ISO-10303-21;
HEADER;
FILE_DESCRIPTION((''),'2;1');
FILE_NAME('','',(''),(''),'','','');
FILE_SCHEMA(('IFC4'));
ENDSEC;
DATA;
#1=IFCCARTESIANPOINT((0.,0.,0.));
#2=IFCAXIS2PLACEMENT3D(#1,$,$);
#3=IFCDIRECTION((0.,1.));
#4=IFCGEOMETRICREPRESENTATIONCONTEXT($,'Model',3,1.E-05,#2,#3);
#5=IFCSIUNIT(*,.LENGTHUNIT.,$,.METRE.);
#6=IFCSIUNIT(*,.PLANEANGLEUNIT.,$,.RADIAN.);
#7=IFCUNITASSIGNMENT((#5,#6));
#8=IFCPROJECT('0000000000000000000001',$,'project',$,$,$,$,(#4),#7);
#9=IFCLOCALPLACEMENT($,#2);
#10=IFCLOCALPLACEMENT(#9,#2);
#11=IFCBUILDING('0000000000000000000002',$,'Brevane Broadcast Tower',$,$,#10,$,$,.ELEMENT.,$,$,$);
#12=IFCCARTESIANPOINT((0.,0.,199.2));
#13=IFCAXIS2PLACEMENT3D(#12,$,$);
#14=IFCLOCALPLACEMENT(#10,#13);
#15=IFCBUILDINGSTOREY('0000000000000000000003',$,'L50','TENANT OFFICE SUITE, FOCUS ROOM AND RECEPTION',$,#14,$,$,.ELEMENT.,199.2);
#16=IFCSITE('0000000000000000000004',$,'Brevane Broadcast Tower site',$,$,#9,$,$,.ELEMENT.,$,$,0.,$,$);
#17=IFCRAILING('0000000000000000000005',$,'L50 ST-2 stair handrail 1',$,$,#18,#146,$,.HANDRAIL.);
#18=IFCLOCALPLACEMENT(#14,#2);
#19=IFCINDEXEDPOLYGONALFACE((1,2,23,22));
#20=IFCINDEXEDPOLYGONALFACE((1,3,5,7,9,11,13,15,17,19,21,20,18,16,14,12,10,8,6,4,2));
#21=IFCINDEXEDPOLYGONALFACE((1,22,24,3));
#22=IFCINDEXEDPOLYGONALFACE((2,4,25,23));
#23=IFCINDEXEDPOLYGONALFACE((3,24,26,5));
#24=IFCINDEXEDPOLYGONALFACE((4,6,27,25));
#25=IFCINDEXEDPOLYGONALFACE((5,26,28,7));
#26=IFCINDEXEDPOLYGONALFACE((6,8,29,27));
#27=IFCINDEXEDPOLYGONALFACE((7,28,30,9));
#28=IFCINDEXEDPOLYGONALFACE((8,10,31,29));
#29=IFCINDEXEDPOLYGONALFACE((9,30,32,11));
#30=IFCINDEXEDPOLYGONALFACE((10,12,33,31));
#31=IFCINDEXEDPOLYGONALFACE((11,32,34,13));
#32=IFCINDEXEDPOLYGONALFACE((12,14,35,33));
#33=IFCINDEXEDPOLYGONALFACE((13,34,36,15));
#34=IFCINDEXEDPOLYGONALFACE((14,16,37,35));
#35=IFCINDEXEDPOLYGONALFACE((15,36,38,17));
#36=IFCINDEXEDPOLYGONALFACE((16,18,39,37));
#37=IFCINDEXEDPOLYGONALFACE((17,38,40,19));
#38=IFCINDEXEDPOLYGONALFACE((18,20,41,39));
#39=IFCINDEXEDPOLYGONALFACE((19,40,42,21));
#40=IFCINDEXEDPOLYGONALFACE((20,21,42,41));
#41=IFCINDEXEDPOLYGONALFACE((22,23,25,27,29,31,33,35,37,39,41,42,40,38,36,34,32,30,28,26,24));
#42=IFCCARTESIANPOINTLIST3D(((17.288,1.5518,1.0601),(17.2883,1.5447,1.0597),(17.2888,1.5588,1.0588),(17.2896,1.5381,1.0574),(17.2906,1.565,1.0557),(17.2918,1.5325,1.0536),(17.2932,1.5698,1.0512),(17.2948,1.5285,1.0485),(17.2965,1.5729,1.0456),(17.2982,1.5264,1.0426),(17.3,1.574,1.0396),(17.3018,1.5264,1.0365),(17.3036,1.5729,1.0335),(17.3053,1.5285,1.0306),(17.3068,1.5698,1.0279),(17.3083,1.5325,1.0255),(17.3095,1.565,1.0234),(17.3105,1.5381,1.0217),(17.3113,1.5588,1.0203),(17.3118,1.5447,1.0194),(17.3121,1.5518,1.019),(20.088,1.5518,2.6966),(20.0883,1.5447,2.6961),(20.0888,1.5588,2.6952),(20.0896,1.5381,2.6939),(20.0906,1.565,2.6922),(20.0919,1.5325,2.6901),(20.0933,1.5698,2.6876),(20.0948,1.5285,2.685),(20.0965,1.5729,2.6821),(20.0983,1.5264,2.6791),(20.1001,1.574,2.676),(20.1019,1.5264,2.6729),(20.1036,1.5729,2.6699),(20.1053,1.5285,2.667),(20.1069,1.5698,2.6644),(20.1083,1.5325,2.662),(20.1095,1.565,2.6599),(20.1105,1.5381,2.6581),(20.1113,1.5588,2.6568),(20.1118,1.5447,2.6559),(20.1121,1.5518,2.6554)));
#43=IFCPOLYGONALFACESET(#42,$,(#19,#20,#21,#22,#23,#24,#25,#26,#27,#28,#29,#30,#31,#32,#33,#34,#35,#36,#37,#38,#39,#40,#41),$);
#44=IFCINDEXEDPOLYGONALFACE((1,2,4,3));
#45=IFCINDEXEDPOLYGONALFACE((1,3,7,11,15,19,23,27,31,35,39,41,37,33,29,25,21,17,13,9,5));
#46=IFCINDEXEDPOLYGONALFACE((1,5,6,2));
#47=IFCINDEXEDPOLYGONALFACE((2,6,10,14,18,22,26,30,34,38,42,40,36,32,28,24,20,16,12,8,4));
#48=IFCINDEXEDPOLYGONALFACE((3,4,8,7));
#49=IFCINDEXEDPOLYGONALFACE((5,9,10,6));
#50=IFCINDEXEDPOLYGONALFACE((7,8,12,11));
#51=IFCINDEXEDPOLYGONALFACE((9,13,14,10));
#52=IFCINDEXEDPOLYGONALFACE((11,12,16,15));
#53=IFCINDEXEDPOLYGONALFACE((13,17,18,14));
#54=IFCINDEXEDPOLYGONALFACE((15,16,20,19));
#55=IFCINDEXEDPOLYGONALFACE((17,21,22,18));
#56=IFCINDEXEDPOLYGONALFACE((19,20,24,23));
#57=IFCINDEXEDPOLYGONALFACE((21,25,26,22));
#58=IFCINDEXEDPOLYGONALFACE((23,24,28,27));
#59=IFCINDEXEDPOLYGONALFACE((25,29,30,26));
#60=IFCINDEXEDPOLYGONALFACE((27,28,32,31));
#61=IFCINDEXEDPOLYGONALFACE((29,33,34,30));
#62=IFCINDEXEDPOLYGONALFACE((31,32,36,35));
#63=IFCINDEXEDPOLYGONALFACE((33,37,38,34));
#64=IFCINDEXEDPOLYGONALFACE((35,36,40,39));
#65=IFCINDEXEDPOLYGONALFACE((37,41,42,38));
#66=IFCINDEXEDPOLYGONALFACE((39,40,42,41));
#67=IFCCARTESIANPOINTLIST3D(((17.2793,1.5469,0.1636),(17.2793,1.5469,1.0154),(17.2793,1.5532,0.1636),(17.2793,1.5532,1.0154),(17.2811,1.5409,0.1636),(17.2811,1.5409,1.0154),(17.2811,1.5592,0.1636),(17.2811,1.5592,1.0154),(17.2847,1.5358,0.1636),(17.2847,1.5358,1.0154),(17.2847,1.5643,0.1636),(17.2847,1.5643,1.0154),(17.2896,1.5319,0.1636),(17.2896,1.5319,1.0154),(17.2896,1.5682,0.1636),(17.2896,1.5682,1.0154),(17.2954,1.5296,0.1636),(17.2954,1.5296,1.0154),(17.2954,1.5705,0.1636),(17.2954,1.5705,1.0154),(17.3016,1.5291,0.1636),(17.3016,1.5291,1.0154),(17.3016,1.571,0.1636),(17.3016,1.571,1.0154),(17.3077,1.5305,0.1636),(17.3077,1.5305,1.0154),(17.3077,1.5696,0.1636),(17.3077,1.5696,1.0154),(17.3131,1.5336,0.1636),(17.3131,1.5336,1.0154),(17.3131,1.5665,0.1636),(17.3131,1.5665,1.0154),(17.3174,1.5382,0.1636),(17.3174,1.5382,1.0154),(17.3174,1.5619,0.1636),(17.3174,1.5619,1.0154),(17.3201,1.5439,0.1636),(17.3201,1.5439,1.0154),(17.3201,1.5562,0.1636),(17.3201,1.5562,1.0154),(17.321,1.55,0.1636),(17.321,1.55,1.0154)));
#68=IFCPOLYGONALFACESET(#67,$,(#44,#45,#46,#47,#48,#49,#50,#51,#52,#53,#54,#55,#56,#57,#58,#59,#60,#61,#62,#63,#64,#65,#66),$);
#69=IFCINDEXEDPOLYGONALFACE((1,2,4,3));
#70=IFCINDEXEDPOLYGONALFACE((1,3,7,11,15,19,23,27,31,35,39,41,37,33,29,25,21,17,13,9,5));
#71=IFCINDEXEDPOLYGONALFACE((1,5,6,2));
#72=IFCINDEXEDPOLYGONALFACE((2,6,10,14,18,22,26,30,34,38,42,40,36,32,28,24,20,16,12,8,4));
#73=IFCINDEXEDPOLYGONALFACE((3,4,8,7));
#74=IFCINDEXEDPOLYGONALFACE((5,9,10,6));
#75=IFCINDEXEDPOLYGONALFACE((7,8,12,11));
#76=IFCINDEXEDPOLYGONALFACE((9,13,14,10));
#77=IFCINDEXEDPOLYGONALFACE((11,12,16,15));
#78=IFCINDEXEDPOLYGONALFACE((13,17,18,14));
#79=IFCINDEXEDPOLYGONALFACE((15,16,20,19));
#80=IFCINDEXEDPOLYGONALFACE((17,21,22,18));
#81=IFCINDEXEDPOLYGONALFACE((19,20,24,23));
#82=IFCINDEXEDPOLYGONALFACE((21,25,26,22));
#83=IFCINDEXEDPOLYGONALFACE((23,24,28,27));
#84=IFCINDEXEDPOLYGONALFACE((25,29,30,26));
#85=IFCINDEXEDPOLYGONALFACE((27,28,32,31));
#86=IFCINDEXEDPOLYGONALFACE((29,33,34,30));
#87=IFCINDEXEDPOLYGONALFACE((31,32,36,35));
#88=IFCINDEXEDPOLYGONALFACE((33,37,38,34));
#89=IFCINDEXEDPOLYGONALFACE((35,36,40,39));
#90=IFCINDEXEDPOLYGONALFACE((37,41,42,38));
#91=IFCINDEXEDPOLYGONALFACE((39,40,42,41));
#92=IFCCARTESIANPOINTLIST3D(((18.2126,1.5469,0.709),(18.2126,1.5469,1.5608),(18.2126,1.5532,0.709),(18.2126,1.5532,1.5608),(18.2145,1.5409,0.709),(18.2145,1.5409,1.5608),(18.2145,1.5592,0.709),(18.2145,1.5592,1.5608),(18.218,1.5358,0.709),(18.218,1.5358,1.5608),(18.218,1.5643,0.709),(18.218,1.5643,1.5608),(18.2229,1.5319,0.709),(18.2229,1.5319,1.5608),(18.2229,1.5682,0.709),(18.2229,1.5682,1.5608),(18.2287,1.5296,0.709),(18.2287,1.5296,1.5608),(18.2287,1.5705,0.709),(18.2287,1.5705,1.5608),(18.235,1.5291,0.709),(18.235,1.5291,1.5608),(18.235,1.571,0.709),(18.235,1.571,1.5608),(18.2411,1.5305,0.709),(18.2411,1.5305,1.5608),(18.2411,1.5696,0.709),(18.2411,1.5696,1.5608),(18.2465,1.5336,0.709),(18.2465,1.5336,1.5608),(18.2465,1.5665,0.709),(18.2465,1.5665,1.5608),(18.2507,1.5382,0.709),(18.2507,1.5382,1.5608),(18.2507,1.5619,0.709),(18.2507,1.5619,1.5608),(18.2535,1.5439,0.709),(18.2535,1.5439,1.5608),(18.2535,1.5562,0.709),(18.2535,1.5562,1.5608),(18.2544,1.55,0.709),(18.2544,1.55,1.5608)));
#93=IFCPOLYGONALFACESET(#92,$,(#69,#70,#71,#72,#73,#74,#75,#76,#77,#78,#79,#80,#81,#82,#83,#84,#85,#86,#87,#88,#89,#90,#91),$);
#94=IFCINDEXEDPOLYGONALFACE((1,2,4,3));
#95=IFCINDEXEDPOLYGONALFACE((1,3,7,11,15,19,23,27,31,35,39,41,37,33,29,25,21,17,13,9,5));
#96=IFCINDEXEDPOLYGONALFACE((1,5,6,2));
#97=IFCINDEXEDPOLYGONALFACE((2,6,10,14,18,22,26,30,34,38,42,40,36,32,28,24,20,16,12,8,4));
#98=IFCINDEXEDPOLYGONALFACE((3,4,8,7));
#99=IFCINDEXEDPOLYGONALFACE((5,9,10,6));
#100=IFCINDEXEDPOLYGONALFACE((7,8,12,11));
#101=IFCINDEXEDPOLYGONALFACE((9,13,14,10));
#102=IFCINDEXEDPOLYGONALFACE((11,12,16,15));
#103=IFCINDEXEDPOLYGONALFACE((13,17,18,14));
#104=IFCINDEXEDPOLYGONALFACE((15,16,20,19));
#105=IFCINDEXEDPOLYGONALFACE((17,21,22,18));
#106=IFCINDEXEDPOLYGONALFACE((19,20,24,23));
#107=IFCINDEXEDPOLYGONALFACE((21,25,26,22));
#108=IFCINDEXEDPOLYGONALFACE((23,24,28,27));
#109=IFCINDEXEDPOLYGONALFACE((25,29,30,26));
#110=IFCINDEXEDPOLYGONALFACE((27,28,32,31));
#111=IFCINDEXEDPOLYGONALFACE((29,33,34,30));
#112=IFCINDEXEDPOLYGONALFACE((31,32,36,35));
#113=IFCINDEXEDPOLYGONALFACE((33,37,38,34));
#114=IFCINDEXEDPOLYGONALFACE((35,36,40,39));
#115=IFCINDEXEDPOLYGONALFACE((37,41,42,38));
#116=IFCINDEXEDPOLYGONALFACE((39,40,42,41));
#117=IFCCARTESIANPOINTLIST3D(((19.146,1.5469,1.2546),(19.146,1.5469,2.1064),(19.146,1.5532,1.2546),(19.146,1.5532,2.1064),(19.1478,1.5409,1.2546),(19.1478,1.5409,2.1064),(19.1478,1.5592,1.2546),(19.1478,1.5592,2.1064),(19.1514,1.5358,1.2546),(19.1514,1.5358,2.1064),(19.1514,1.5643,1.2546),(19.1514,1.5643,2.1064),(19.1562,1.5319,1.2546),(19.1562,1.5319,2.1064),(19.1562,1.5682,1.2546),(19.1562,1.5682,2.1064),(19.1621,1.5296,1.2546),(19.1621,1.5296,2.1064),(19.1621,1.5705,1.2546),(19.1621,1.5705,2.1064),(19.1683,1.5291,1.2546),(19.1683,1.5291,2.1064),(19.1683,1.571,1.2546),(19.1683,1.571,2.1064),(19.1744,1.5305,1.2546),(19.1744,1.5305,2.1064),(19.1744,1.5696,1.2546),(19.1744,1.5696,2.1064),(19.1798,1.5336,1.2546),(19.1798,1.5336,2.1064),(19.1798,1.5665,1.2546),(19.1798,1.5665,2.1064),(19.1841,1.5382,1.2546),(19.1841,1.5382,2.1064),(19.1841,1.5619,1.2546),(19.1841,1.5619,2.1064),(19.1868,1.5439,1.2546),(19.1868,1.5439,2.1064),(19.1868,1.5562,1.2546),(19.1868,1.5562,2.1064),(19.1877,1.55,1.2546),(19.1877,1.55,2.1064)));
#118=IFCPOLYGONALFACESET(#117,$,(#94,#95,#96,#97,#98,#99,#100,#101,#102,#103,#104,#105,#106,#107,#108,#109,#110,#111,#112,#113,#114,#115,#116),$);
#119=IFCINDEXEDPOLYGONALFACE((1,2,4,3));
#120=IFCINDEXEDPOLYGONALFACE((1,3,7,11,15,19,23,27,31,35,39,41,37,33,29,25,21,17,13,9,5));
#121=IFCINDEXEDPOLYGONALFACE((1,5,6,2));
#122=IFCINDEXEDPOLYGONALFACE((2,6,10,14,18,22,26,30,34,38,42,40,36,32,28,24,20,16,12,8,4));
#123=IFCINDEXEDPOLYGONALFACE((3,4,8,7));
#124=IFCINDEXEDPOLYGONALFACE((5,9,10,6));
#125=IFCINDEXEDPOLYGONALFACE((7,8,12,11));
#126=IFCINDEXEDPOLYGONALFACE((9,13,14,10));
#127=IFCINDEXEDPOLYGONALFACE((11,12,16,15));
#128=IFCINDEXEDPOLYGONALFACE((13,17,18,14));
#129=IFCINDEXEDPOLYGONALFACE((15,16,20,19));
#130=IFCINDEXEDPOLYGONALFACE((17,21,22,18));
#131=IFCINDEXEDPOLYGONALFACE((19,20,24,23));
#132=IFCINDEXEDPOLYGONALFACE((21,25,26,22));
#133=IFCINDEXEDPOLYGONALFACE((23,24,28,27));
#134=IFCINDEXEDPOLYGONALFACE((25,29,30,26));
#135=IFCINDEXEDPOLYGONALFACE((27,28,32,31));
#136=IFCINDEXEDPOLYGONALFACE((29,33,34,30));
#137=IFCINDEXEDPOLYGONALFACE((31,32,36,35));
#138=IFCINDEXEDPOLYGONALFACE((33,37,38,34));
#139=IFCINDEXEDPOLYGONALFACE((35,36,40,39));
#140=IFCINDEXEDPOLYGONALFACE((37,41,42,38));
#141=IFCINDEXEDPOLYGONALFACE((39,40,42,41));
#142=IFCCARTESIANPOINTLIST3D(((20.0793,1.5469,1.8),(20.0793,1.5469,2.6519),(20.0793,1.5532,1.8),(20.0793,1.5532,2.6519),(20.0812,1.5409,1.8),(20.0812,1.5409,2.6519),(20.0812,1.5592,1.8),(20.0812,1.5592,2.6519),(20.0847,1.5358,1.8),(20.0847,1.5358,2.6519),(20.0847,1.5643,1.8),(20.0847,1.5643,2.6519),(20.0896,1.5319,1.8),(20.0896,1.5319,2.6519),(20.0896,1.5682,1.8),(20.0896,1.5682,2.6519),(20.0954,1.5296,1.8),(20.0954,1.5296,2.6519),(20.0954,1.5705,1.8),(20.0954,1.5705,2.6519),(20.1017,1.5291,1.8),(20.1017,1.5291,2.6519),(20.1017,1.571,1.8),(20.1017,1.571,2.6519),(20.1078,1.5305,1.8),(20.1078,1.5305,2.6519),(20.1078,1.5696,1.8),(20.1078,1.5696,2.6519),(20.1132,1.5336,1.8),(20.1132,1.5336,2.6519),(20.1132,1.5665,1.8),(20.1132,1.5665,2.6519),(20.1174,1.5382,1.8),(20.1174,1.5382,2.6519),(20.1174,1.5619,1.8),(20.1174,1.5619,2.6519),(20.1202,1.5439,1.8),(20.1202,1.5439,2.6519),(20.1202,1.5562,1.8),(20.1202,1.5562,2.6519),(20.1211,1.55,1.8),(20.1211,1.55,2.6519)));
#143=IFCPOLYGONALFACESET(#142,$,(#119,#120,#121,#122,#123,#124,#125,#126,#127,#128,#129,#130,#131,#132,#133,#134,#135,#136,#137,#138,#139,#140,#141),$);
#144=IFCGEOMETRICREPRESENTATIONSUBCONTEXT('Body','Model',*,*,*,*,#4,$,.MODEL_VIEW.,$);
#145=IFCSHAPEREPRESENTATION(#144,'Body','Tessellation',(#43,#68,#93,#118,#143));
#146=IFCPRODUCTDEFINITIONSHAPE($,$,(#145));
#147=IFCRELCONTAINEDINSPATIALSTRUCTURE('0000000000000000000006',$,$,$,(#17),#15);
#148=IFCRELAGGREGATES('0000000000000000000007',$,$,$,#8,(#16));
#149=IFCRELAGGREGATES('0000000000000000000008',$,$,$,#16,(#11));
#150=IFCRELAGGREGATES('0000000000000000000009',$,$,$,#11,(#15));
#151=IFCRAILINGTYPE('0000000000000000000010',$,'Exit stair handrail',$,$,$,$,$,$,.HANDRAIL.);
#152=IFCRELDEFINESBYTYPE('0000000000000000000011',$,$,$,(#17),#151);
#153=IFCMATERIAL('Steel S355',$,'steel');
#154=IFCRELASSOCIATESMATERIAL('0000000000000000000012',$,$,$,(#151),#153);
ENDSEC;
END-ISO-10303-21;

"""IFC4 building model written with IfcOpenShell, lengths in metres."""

from ifc_helpers import new_model, si_unit, direction, frame, origin, origin_2d, place, context, subcontext, project, spatial, circle, extrude, material, type_object, element, save


model = new_model("IFC4")

# Units and contexts
model_context = context("Model", 3, precision=1e-05, world=origin(), true_north=direction((0.0, 1.0)))
body_context = subcontext(model_context, "Body", "Model", "MODEL_VIEW")
ifc_project = project(units=[si_unit("LENGTHUNIT", "METRE"), si_unit("PLANEANGLEUNIT", "RADIAN")], contexts=[model_context])

# Site, building, storey
site_placement = place(None, origin())
site = spatial("IfcSite", under=ifc_project, at=site_placement, Name="Brevane Broadcast Tower site", CompositionType="ELEMENT", RefElevation=0.0)
building_placement = place(site_placement, origin())
building = spatial("IfcBuilding", under=site, at=building_placement, Name="Brevane Broadcast Tower", CompositionType="ELEMENT")
storey_placement = place(building_placement, frame((0.0, 0.0, 199.2)))
storey = spatial("IfcBuildingStorey", under=building, at=storey_placement, Name="L50", Description="TENANT OFFICE SUITE, FOCUS ROOM AND RECEPTION", CompositionType="ELEMENT", Elevation=199.2)

# Railing
ifc_material_1 = material(Name="Steel S355", Category="steel")
railing_type_1 = type_object("IfcRailingType", Name="Exit stair handrail", PredefinedType="HANDRAIL", material=ifc_material_1)
railing_1_placement = place(storey_placement, frame((17.3, 1.55, 0.1636)))
element("IfcRailing", 1, at=railing_1_placement, inside=storey, type_object=railing_type_1, Name="L50 ST-2 stair handrail 1", PredefinedType="HANDRAIL", context=body_context, shape_type="SweptSolid", body=[
    extrude(circle(Radius=0.0239, at=origin_2d()), frame((0.0, 0.0, 0.876), z_axis=(0.863361, 0.0, 0.504587), x_axis=(0.0, 1.0, 0.0)), (0.0, 0.0, 1.0), 3.2432),
    extrude(circle(Radius=0.021, at=origin_2d()), origin(), (0.0, 0.0, 1.0), 0.8518),
    extrude(circle(Radius=0.021, at=origin_2d()), frame((0.9333, 0.0, 0.5454)), (0.0, 0.0, 1.0), 0.8518),
    extrude(circle(Radius=0.021, at=origin_2d()), frame((1.8667, 0.0, 1.0911)), (0.0, 0.0, 1.0), 0.8518),
    extrude(circle(Radius=0.021, at=origin_2d()), frame((2.8, 0.0, 1.6365)), (0.0, 0.0, 1.0), 0.8518),
])

save(model, "model.ifc")
